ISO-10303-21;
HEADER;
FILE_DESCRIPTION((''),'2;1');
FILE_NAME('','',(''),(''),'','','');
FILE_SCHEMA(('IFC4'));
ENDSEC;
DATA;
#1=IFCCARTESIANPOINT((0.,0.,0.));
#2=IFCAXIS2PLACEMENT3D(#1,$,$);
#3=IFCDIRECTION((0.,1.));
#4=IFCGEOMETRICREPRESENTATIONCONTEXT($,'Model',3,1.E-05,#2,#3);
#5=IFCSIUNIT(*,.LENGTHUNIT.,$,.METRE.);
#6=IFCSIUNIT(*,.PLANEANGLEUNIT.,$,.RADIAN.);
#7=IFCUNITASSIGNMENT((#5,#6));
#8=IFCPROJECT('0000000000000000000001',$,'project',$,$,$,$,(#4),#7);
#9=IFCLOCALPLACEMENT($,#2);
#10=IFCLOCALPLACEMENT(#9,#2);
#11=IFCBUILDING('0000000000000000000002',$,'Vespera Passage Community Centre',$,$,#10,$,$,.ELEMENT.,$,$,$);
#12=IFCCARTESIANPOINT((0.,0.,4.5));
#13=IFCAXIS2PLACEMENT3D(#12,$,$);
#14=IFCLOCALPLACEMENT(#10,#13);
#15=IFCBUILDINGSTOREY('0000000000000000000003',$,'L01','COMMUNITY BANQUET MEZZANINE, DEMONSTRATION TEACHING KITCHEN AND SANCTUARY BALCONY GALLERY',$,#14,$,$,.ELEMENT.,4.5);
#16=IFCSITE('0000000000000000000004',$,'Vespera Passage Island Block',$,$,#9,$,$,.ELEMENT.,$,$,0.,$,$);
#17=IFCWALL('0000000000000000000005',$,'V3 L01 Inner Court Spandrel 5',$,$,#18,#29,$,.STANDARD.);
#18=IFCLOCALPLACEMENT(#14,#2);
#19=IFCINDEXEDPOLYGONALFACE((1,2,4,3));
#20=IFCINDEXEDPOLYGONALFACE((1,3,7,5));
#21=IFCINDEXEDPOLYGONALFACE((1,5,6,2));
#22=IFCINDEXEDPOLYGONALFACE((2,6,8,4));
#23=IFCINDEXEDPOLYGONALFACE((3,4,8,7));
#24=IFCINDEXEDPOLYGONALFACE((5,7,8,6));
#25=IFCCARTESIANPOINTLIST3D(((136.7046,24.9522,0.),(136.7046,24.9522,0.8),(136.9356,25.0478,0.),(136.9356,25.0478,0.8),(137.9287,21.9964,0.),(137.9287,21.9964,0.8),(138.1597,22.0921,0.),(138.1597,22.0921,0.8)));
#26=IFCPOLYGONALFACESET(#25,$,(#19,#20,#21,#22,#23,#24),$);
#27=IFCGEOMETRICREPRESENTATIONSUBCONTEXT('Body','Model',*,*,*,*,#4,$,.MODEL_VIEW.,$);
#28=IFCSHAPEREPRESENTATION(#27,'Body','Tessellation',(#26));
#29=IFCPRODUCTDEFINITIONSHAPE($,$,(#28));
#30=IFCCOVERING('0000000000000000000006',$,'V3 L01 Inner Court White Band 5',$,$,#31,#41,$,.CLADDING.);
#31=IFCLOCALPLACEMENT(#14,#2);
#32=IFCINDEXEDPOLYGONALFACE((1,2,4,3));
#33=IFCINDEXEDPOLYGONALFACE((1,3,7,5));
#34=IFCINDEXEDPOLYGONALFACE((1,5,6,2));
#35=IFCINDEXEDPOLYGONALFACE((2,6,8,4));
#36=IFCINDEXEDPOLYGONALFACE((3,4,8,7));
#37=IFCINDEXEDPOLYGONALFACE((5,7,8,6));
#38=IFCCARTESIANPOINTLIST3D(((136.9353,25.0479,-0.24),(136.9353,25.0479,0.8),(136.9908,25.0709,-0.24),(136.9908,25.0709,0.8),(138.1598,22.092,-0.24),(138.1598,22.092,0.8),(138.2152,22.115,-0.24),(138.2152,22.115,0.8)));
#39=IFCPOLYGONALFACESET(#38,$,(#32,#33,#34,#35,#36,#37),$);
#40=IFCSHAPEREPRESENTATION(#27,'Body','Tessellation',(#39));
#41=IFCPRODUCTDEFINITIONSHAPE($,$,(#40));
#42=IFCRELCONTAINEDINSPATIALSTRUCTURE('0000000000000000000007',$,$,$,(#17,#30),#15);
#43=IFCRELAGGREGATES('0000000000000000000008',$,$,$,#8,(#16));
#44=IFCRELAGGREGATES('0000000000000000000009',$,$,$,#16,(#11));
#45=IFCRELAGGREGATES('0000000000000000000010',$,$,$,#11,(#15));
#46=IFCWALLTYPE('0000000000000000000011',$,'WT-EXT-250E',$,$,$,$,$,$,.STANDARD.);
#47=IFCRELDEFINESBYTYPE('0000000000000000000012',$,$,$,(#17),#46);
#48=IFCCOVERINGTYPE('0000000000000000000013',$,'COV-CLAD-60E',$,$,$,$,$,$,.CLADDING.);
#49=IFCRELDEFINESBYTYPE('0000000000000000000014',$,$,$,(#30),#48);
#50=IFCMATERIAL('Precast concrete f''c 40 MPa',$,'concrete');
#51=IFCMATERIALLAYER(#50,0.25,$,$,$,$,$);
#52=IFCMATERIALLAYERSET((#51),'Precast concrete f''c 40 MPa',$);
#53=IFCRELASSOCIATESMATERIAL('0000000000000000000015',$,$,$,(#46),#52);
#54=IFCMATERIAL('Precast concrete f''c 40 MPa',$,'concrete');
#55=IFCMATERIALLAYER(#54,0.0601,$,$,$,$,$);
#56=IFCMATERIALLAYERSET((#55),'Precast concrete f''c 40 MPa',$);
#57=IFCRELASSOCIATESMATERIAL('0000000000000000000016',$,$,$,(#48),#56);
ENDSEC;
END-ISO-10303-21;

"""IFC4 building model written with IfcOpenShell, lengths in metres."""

from ifc_helpers import new_model, si_unit, direction, frame, frame_2d, origin, place, context, subcontext, project, spatial, rectangle, extrude, material, layer, layer_set, type_object, element, save


model = new_model("IFC4")

# Units and contexts
model_context = context("Model", 3, precision=1e-05, world=origin(), true_north=direction((0.0, 1.0)))
body_context = subcontext(model_context, "Body", "Model", "MODEL_VIEW")
ifc_project = project(units=[si_unit("LENGTHUNIT", "METRE"), si_unit("PLANEANGLEUNIT", "RADIAN")], contexts=[model_context])

# Site, building, storey
site_placement = place(None, origin())
site = spatial("IfcSite", under=ifc_project, at=site_placement, Name="Vespera Passage Island Block", CompositionType="ELEMENT", RefElevation=0.0)
building_placement = place(site_placement, origin())
building = spatial("IfcBuilding", under=site, at=building_placement, Name="Vespera Passage Community Centre", CompositionType="ELEMENT")
storey_placement = place(building_placement, frame((0.0, 0.0, 4.5)))
storey = spatial("IfcBuildingStorey", under=building, at=storey_placement, Name="L01", Description="COMMUNITY BANQUET MEZZANINE, DEMONSTRATION TEACHING KITCHEN AND SANCTUARY BALCONY GALLERY", CompositionType="ELEMENT", Elevation=4.5)

# Wall
ifc_material_1 = material(Name="Precast concrete f'c 40 MPa", Category="concrete")
ifc_layer_1 = layer(ifc_material_1, 0.25)
ifc_layer_set_1 = layer_set([ifc_layer_1], Name="Precast concrete f'c 40 MPa")
wall_type = type_object("IfcWallType", Name="WT-EXT-250E", PredefinedType="STANDARD", material=ifc_layer_set_1)
wall_placement = place(storey_placement, frame((136.8201, 25.0, 0.0), z_axis=(0.0, 0.0, 1.0), x_axis=(0.382626, -0.923903, 0.0)))
element("IfcWall", 1, at=wall_placement, inside=storey, type_object=wall_type, Name="V3 L01 Inner Court Spandrel 5", PredefinedType="STANDARD", context=body_context, shape_type="SweptSolid", body=[
    extrude(rectangle(XDim=3.1992, YDim=0.25, at=frame_2d((1.5996, 0.0))), origin(), (0.0, 0.0, 1.0), 0.8),
])

# Covering
ifc_material_2 = material(Name="Precast concrete f'c 40 MPa", Category="concrete")
ifc_layer_2 = layer(ifc_material_2, 0.0601)
ifc_layer_set_2 = layer_set([ifc_layer_2], Name="Precast concrete f'c 40 MPa")
covering_type = type_object("IfcCoveringType", Name="COV-CLAD-60E", PredefinedType="CLADDING", material=ifc_layer_set_2)
covering_placement = place(storey_placement, frame((136.9631, 25.0593, -0.24), z_axis=(0.0, 0.0, 1.0), x_axis=(0.382691, -0.923876, 0.0)))
element("IfcCovering", 2, at=covering_placement, inside=storey, type_object=covering_type, Name="V3 L01 Inner Court White Band 5", PredefinedType="CLADDING", context=body_context, shape_type="SweptSolid", body=[
    extrude(rectangle(XDim=3.1995, YDim=0.0601, at=frame_2d((1.5996, 0.0))), origin(), (0.0, 0.0, 1.0), 1.04),
])

save(model, "model.ifc")
